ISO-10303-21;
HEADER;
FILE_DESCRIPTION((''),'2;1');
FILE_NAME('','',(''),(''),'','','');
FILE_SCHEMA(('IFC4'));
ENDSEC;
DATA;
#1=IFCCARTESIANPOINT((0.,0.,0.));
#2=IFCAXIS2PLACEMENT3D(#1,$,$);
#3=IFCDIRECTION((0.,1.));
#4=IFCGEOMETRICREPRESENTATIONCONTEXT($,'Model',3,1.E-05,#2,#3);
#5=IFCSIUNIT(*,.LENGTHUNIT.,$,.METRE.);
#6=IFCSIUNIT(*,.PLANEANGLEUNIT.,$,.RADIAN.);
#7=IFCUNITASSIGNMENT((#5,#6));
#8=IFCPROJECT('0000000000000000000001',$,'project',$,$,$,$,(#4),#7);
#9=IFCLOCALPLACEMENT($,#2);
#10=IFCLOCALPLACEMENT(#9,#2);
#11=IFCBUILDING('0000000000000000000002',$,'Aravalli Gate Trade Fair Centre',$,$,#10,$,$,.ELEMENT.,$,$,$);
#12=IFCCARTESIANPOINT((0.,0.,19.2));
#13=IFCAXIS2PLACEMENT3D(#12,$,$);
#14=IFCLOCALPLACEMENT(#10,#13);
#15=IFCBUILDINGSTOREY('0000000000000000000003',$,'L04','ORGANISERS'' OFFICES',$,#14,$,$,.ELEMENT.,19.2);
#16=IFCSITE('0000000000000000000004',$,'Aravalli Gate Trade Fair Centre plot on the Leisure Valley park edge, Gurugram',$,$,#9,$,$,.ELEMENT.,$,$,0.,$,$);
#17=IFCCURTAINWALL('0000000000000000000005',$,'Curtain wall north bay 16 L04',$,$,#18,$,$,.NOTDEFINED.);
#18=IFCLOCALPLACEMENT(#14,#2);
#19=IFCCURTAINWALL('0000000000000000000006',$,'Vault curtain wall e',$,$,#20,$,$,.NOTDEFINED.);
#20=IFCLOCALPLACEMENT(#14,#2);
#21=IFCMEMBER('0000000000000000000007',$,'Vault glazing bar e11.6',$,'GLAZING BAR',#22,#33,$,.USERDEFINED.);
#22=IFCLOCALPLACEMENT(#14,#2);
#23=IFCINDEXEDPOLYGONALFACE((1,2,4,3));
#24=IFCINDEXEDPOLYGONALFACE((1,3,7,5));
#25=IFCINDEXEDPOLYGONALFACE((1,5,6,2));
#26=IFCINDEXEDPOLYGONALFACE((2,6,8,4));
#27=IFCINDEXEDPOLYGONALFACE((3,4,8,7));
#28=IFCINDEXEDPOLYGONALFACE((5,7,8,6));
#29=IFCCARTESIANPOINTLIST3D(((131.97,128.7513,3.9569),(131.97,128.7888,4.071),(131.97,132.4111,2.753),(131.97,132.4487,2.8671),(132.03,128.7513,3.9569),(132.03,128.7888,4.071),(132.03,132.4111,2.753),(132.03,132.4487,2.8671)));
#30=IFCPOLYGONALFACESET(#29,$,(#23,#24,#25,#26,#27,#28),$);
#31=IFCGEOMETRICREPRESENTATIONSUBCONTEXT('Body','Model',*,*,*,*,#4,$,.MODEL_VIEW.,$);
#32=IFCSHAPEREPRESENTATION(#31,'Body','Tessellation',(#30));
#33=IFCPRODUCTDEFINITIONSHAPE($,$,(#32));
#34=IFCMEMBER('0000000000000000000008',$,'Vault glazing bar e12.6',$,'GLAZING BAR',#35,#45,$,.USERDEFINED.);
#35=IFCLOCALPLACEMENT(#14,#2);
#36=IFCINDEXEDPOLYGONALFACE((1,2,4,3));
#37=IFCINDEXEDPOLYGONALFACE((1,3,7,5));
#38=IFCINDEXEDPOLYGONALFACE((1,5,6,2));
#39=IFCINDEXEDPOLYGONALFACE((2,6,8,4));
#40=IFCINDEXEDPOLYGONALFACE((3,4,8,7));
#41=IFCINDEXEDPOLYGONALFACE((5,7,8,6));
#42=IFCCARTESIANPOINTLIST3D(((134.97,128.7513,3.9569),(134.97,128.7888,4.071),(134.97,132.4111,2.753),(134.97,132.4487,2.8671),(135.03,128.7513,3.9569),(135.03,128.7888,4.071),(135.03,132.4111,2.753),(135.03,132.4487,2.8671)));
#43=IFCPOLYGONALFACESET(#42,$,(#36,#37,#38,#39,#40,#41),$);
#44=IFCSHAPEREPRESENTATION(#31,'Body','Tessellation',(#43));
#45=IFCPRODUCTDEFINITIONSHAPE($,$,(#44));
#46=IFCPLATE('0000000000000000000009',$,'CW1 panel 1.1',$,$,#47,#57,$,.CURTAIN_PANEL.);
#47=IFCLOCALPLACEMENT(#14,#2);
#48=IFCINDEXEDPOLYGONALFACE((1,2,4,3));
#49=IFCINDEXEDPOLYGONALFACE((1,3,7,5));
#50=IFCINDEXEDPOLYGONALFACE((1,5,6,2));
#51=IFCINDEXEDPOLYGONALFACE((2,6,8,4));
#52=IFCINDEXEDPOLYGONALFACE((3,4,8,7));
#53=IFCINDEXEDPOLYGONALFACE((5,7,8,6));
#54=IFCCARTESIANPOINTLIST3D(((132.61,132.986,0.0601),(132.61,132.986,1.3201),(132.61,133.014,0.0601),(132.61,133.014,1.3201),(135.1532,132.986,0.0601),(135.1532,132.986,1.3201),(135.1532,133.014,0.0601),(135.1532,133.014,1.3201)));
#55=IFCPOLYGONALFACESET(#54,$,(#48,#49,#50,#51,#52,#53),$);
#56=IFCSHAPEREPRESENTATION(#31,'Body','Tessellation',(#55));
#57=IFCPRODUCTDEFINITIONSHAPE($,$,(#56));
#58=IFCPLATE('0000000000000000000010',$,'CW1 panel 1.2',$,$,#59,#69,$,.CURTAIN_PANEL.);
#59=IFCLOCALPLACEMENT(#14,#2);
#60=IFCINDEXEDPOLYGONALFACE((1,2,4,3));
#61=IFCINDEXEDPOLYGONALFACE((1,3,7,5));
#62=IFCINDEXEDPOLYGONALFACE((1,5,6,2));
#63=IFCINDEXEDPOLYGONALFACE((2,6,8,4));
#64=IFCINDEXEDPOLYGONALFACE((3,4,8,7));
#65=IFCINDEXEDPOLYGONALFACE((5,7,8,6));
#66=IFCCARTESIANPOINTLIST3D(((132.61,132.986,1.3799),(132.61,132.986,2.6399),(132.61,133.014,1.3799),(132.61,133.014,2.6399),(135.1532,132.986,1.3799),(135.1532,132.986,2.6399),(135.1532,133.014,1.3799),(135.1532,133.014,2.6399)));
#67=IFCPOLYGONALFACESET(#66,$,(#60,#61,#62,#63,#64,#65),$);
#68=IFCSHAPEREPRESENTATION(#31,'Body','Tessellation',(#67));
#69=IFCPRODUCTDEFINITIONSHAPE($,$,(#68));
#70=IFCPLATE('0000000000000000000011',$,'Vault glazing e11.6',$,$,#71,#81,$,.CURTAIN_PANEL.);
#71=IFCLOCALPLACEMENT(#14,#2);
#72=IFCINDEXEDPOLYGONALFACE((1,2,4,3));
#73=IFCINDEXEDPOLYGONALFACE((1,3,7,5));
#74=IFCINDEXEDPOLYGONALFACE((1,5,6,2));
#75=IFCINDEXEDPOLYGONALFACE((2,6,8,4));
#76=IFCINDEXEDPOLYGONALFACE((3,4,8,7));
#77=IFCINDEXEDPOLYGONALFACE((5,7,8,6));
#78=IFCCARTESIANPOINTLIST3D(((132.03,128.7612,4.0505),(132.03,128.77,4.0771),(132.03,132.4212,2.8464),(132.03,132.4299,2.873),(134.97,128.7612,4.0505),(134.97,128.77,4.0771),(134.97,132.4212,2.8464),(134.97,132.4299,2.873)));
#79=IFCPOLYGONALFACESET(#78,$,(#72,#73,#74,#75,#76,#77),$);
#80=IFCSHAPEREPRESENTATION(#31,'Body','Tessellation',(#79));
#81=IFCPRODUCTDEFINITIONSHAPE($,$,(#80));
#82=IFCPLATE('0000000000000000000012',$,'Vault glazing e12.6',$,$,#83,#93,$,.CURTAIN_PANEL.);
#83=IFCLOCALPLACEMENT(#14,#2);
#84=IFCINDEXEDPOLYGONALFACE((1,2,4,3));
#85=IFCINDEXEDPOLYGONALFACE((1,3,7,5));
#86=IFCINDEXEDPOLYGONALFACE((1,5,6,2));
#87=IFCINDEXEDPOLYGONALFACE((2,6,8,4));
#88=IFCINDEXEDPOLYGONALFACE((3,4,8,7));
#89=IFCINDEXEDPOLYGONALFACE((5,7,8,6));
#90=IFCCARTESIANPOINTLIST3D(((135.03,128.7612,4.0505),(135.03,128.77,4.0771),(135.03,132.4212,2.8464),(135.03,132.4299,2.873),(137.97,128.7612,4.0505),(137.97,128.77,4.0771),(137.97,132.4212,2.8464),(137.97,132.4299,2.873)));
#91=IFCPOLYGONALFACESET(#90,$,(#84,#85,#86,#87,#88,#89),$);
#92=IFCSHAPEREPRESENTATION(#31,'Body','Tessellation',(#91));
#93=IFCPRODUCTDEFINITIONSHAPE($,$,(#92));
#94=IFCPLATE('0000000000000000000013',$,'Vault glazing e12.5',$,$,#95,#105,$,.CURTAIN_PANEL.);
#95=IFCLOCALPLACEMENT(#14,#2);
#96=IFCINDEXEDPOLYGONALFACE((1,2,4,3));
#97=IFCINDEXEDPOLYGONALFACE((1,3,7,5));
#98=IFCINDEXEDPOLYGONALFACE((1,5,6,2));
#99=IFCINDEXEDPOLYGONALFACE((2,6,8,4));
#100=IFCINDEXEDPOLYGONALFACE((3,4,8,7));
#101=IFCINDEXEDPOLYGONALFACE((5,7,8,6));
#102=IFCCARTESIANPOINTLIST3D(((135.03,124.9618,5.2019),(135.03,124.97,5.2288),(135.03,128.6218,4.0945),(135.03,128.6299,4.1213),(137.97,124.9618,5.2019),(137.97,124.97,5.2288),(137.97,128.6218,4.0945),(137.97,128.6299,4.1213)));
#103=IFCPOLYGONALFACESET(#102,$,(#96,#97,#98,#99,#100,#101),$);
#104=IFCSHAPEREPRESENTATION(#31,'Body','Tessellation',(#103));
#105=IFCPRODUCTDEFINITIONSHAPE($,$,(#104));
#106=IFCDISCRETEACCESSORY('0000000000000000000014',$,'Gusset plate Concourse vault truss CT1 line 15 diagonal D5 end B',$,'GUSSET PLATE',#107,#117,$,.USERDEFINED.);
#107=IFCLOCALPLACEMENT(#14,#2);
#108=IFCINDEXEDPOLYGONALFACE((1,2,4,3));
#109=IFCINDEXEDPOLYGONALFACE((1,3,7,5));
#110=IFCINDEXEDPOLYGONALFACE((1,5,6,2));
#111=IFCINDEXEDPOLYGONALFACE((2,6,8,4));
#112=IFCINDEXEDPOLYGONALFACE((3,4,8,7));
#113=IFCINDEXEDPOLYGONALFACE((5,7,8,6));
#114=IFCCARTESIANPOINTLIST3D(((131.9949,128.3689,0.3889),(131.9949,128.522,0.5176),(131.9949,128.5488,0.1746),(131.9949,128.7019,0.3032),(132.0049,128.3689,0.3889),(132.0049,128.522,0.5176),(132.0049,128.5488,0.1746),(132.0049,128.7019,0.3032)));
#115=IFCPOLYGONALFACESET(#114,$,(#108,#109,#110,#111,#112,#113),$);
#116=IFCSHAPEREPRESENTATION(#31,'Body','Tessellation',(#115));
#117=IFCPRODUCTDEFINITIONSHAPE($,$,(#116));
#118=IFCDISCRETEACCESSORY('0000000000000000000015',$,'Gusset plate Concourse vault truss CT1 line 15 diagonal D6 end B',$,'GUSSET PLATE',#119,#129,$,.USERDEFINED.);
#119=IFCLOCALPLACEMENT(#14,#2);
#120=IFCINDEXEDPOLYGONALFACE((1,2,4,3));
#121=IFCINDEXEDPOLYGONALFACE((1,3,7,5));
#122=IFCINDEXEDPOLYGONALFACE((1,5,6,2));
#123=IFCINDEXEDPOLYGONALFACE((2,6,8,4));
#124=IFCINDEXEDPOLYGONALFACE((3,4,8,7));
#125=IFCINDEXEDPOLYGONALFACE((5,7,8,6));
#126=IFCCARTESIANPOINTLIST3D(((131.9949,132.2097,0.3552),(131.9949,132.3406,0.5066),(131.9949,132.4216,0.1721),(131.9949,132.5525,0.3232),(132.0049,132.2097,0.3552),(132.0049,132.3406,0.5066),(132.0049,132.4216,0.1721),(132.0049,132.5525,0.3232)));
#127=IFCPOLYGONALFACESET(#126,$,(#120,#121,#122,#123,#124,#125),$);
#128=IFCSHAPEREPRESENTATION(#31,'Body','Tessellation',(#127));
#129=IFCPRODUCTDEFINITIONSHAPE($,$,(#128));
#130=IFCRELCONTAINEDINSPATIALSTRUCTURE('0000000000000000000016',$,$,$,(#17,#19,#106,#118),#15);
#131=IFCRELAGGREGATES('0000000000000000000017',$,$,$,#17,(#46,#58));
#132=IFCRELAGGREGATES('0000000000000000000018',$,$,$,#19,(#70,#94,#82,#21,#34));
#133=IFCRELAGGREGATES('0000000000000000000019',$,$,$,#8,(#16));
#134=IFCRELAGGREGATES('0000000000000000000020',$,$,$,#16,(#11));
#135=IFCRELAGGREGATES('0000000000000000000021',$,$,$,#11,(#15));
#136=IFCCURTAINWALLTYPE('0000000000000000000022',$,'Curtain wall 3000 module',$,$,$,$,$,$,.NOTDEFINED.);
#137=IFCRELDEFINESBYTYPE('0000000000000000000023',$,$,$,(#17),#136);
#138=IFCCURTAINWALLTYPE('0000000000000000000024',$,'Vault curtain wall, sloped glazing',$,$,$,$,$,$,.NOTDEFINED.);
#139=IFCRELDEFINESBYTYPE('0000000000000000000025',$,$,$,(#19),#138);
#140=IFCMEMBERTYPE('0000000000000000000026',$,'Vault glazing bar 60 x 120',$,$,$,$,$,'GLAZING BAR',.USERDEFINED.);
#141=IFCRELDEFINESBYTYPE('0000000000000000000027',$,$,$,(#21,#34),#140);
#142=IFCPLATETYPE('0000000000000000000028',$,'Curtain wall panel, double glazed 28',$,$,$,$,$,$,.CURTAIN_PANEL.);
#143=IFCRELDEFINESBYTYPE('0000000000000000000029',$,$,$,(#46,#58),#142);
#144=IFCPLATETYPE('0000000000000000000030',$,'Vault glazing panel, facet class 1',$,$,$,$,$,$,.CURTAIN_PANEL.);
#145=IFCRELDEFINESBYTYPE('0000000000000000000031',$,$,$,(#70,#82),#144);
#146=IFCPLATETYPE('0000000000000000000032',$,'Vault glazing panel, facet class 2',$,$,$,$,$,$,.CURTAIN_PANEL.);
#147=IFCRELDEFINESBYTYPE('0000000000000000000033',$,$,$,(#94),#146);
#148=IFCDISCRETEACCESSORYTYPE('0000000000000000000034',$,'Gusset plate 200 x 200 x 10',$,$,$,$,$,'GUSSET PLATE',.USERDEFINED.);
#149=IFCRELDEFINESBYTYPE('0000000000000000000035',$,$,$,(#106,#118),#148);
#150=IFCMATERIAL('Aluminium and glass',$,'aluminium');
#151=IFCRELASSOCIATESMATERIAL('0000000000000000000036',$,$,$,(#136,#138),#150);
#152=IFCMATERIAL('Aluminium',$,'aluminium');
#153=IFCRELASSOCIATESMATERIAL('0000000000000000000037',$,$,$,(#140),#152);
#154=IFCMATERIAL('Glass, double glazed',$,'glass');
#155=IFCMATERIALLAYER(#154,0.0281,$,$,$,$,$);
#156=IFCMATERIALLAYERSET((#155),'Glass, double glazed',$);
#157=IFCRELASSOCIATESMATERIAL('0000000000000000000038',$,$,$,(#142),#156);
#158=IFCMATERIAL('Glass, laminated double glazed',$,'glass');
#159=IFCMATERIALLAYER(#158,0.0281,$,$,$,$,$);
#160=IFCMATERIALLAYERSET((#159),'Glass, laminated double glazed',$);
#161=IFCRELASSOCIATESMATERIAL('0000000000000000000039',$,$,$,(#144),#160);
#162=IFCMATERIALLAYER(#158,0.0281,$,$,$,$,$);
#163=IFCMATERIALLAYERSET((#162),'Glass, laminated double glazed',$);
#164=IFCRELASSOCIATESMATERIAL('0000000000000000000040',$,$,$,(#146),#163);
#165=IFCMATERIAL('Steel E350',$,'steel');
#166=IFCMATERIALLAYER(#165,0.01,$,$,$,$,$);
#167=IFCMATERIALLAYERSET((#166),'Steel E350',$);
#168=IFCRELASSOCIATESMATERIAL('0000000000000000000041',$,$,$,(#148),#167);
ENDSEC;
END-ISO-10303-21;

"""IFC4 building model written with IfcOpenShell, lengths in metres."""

from ifc_helpers import new_model, si_unit, direction, frame, origin, origin_2d, place, context, subcontext, project, spatial, polyline, rectangle, outline, extrude, material, layer, layer_set, material_profile, profile_set, type_object, element, aggregate, save


model = new_model("IFC4")

# Units and contexts
model_context = context("Model", 3, precision=1e-05, world=origin(), true_north=direction((0.0, 1.0)))
body_context = subcontext(model_context, "Body", "Model", "MODEL_VIEW")
ifc_project = project(units=[si_unit("LENGTHUNIT", "METRE"), si_unit("PLANEANGLEUNIT", "RADIAN")], contexts=[model_context])

# Site, building, storey
site_placement = place(None, origin())
site = spatial("IfcSite", under=ifc_project, at=site_placement, Name="Aravalli Gate Trade Fair Centre plot on the Leisure Valley park edge, Gurugram", CompositionType="ELEMENT", RefElevation=0.0)
building_placement = place(site_placement, origin())
building = spatial("IfcBuilding", under=site, at=building_placement, Name="Aravalli Gate Trade Fair Centre", CompositionType="ELEMENT")
storey_placement = place(building_placement, frame((0.0, 0.0, 19.2)))
storey = spatial("IfcBuildingStorey", under=building, at=storey_placement, Name="L04", Description="ORGANISERS' OFFICES", CompositionType="ELEMENT", Elevation=19.2)

# Curtain wall
ifc_material_1 = material(Name="Aluminium and glass", Category="aluminium")
curtain_wall_type_1 = type_object("IfcCurtainWallType", Name="Curtain wall 3000 module", PredefinedType="NOTDEFINED", material=ifc_material_1)
curtain_wall_1_placement = place(storey_placement, origin())
curtain_wall_1 = element("IfcCurtainWall", 1, at=curtain_wall_1_placement, inside=storey, type_object=curtain_wall_type_1, Name="Curtain wall north bay 16 L04", PredefinedType="NOTDEFINED")
ifc_material_2 = material(Name="Aluminium", Category="aluminium")

# Shared definitions
ifc_material_3 = material(Name="Steel E350", Category="steel")

# Curtain wall, members
curtain_wall_type_2 = type_object("IfcCurtainWallType", Name="Vault curtain wall, sloped glazing", PredefinedType="NOTDEFINED", material=ifc_material_1)
curtain_wall_2_placement = place(storey_placement, origin())
curtain_wall_2 = element("IfcCurtainWall", 2, at=curtain_wall_2_placement, inside=storey, type_object=curtain_wall_type_2, Name="Vault curtain wall e", PredefinedType="NOTDEFINED")
ifc_material_profile_1 = material_profile(ifc_material_2, rectangle(XDim=0.0601, YDim=0.1201, at=origin_2d()), Name="Vault glazing bar 60 x 120")
ifc_profile_set_1 = profile_set([ifc_material_profile_1], Name="Aluminium")
member_type_1 = type_object("IfcMemberType", Name="Vault glazing bar 60 x 120", ElementType="GLAZING BAR", PredefinedType="USERDEFINED", material=ifc_profile_set_1)
member_1_placement = place(storey_placement, frame((132.0, 128.77, 4.0139), z_axis=(0.0, 0.94993, -0.312461), x_axis=(-1.0, 0.0, 0.0)))
member_1 = element("IfcMember", 3, at=member_1_placement, type_object=member_type_1, Name="Vault glazing bar e11.6", ObjectType="GLAZING BAR", PredefinedType="USERDEFINED", context=body_context, shape_type="SweptSolid", body=[
    extrude(rectangle(XDim=0.0601, YDim=0.1201, at=origin_2d()), origin(), (0.0, 0.0, 1.0), 3.8528),
])
member_2_placement = place(storey_placement, frame((135.0, 128.77, 4.0139), z_axis=(0.0, 0.94993, -0.312461), x_axis=(-1.0, 0.0, 0.0)))
member_2 = element("IfcMember", 4, at=member_2_placement, type_object=member_type_1, Name="Vault glazing bar e12.6", ObjectType="GLAZING BAR", PredefinedType="USERDEFINED", context=body_context, shape_type="SweptSolid", body=[
    extrude(rectangle(XDim=0.0601, YDim=0.1201, at=origin_2d()), origin(), (0.0, 0.0, 1.0), 3.8528),
])

# Plates
ifc_material_4 = material(Name="Glass, double glazed", Category="glass")
ifc_layer_1 = layer(ifc_material_4, 0.0281)
ifc_layer_set_1 = layer_set([ifc_layer_1], Name="Glass, double glazed")
plate_type_1 = type_object("IfcPlateType", Name="Curtain wall panel, double glazed 28", PredefinedType="CURTAIN_PANEL", material=ifc_layer_set_1)
plate_1_placement = place(storey_placement, frame((133.8816, 133.0, 0.0601), z_axis=(0.0, 0.0, 1.0), x_axis=(1.0, 0.0, 0.0)))
plate_1 = element("IfcPlate", 5, at=plate_1_placement, type_object=plate_type_1, Name="CW1 panel 1.1", PredefinedType="CURTAIN_PANEL", context=body_context, shape_type="SweptSolid", body=[
    extrude(rectangle(XDim=2.5432, YDim=0.0281, at=origin_2d()), origin(), (0.0, 0.0, 1.0), 1.26),
])
plate_2_placement = place(storey_placement, frame((133.8816, 133.0, 1.3799), z_axis=(0.0, 0.0, 1.0), x_axis=(1.0, 0.0, 0.0)))
plate_2 = element("IfcPlate", 6, at=plate_2_placement, type_object=plate_type_1, Name="CW1 panel 1.2", PredefinedType="CURTAIN_PANEL", context=body_context, shape_type="SweptSolid", body=[
    extrude(rectangle(XDim=2.5432, YDim=0.0281, at=origin_2d()), origin(), (0.0, 0.0, 1.0), 1.26),
])
aggregate(curtain_wall_1, [plate_1, plate_2])
ifc_material_5 = material(Name="Glass, laminated double glazed", Category="glass")
ifc_layer_2 = layer(ifc_material_5, 0.0281)
ifc_layer_set_2 = layer_set([ifc_layer_2], Name="Glass, laminated double glazed")
plate_type_2 = type_object("IfcPlateType", Name="Vault glazing panel, facet class 1", PredefinedType="CURTAIN_PANEL", material=ifc_layer_set_2)
plate_3_placement = place(storey_placement, frame((132.03, 128.77, 4.0771), z_axis=(0.0, 0.312518, 0.949912), x_axis=(1.0, 0.0, 0.0)))
plate_3 = element("IfcPlate", 7, at=plate_3_placement, type_object=plate_type_2, Name="Vault glazing e11.6", PredefinedType="CURTAIN_PANEL", context=body_context, shape_type="SweptSolid", body=[
    extrude(outline(polyline([(0.0, 0.0), (2.9399, 0.0), (2.9399, 3.8529), (0.0, 3.8529), (0.0, 0.0)])), origin(), (0.0, 0.0, -1.0), 0.0281),
])
plate_4_placement = place(storey_placement, frame((135.03, 128.77, 4.0771), z_axis=(0.0, 0.312518, 0.949912), x_axis=(1.0, 0.0, 0.0)))
plate_4 = element("IfcPlate", 8, at=plate_4_placement, type_object=plate_type_2, Name="Vault glazing e12.6", PredefinedType="CURTAIN_PANEL", context=body_context, shape_type="SweptSolid", body=[
    extrude(outline(polyline([(0.0, 0.0), (2.9399, 0.0), (2.9399, 3.8529), (0.0, 3.8529), (0.0, 0.0)])), origin(), (0.0, 0.0, -1.0), 0.0281),
])
ifc_layer_3 = layer(ifc_material_5, 0.0281)
ifc_layer_set_3 = layer_set([ifc_layer_3], Name="Glass, laminated double glazed")
plate_type_3 = type_object("IfcPlateType", Name="Vault glazing panel, facet class 2", PredefinedType="CURTAIN_PANEL", material=ifc_layer_set_3)
plate_5_placement = place(storey_placement, frame((135.03, 124.97, 5.2288), z_axis=(0.0, 0.289614, 0.957144), x_axis=(1.0, 0.0, 0.0)))
plate_5 = element("IfcPlate", 9, at=plate_5_placement, type_object=plate_type_3, Name="Vault glazing e12.5", PredefinedType="CURTAIN_PANEL", context=body_context, shape_type="SweptSolid", body=[
    extrude(outline(polyline([(0.0, 0.0), (2.9399, 0.0), (2.9399, 3.8238), (0.0, 3.8238), (0.0, 0.0)])), origin(), (0.0, 0.0, -1.0), 0.0281),
])
aggregate(curtain_wall_2, [plate_3, plate_5, plate_4, member_1, member_2])

# Discrete accessories
ifc_layer_4 = layer(ifc_material_3, 0.01)
ifc_layer_set_4 = layer_set([ifc_layer_4], Name="Steel E350")
discrete_accessory_type = type_object("IfcDiscreteAccessoryType", Name="Gusset plate 200 x 200 x 10", ElementType="GUSSET PLATE", PredefinedType="USERDEFINED", material=ifc_layer_set_4)
discrete_accessory_1_placement = place(storey_placement, frame((132.0049, 128.3689, 0.3889), z_axis=(1.0, 0.0, 0.0), x_axis=(0.0, 0.642926, -0.765928)))
element("IfcDiscreteAccessory", 10, at=discrete_accessory_1_placement, inside=storey, type_object=discrete_accessory_type, Name="Gusset plate Concourse vault truss CT1 line 15 diagonal D5 end B", ObjectType="GUSSET PLATE", PredefinedType="USERDEFINED", context=body_context, shape_type="SweptSolid", body=[
    extrude(outline(polyline([(0.0, 0.0), (0.2799, 0.0), (0.2797, 0.2), (-0.0001, 0.2), (0.0, 0.0)])), origin(), (0.0, 0.0, -1.0), 0.01),
])
discrete_accessory_2_placement = place(storey_placement, frame((132.0049, 132.2097, 0.3552), z_axis=(1.0, 0.0, 0.0), x_axis=(0.0, 0.756666, -0.653801)))
element("IfcDiscreteAccessory", 11, at=discrete_accessory_2_placement, inside=storey, type_object=discrete_accessory_type, Name="Gusset plate Concourse vault truss CT1 line 15 diagonal D6 end B", ObjectType="GUSSET PLATE", PredefinedType="USERDEFINED", context=body_context, shape_type="SweptSolid", body=[
    extrude(outline(polyline([(0.0, 0.0), (0.2801, 0.0), (0.2803, 0.1999), (0.0001, 0.2001), (0.0, 0.0)])), origin(), (0.0, 0.0, -1.0), 0.01),
])

save(model, "model.ifc")
